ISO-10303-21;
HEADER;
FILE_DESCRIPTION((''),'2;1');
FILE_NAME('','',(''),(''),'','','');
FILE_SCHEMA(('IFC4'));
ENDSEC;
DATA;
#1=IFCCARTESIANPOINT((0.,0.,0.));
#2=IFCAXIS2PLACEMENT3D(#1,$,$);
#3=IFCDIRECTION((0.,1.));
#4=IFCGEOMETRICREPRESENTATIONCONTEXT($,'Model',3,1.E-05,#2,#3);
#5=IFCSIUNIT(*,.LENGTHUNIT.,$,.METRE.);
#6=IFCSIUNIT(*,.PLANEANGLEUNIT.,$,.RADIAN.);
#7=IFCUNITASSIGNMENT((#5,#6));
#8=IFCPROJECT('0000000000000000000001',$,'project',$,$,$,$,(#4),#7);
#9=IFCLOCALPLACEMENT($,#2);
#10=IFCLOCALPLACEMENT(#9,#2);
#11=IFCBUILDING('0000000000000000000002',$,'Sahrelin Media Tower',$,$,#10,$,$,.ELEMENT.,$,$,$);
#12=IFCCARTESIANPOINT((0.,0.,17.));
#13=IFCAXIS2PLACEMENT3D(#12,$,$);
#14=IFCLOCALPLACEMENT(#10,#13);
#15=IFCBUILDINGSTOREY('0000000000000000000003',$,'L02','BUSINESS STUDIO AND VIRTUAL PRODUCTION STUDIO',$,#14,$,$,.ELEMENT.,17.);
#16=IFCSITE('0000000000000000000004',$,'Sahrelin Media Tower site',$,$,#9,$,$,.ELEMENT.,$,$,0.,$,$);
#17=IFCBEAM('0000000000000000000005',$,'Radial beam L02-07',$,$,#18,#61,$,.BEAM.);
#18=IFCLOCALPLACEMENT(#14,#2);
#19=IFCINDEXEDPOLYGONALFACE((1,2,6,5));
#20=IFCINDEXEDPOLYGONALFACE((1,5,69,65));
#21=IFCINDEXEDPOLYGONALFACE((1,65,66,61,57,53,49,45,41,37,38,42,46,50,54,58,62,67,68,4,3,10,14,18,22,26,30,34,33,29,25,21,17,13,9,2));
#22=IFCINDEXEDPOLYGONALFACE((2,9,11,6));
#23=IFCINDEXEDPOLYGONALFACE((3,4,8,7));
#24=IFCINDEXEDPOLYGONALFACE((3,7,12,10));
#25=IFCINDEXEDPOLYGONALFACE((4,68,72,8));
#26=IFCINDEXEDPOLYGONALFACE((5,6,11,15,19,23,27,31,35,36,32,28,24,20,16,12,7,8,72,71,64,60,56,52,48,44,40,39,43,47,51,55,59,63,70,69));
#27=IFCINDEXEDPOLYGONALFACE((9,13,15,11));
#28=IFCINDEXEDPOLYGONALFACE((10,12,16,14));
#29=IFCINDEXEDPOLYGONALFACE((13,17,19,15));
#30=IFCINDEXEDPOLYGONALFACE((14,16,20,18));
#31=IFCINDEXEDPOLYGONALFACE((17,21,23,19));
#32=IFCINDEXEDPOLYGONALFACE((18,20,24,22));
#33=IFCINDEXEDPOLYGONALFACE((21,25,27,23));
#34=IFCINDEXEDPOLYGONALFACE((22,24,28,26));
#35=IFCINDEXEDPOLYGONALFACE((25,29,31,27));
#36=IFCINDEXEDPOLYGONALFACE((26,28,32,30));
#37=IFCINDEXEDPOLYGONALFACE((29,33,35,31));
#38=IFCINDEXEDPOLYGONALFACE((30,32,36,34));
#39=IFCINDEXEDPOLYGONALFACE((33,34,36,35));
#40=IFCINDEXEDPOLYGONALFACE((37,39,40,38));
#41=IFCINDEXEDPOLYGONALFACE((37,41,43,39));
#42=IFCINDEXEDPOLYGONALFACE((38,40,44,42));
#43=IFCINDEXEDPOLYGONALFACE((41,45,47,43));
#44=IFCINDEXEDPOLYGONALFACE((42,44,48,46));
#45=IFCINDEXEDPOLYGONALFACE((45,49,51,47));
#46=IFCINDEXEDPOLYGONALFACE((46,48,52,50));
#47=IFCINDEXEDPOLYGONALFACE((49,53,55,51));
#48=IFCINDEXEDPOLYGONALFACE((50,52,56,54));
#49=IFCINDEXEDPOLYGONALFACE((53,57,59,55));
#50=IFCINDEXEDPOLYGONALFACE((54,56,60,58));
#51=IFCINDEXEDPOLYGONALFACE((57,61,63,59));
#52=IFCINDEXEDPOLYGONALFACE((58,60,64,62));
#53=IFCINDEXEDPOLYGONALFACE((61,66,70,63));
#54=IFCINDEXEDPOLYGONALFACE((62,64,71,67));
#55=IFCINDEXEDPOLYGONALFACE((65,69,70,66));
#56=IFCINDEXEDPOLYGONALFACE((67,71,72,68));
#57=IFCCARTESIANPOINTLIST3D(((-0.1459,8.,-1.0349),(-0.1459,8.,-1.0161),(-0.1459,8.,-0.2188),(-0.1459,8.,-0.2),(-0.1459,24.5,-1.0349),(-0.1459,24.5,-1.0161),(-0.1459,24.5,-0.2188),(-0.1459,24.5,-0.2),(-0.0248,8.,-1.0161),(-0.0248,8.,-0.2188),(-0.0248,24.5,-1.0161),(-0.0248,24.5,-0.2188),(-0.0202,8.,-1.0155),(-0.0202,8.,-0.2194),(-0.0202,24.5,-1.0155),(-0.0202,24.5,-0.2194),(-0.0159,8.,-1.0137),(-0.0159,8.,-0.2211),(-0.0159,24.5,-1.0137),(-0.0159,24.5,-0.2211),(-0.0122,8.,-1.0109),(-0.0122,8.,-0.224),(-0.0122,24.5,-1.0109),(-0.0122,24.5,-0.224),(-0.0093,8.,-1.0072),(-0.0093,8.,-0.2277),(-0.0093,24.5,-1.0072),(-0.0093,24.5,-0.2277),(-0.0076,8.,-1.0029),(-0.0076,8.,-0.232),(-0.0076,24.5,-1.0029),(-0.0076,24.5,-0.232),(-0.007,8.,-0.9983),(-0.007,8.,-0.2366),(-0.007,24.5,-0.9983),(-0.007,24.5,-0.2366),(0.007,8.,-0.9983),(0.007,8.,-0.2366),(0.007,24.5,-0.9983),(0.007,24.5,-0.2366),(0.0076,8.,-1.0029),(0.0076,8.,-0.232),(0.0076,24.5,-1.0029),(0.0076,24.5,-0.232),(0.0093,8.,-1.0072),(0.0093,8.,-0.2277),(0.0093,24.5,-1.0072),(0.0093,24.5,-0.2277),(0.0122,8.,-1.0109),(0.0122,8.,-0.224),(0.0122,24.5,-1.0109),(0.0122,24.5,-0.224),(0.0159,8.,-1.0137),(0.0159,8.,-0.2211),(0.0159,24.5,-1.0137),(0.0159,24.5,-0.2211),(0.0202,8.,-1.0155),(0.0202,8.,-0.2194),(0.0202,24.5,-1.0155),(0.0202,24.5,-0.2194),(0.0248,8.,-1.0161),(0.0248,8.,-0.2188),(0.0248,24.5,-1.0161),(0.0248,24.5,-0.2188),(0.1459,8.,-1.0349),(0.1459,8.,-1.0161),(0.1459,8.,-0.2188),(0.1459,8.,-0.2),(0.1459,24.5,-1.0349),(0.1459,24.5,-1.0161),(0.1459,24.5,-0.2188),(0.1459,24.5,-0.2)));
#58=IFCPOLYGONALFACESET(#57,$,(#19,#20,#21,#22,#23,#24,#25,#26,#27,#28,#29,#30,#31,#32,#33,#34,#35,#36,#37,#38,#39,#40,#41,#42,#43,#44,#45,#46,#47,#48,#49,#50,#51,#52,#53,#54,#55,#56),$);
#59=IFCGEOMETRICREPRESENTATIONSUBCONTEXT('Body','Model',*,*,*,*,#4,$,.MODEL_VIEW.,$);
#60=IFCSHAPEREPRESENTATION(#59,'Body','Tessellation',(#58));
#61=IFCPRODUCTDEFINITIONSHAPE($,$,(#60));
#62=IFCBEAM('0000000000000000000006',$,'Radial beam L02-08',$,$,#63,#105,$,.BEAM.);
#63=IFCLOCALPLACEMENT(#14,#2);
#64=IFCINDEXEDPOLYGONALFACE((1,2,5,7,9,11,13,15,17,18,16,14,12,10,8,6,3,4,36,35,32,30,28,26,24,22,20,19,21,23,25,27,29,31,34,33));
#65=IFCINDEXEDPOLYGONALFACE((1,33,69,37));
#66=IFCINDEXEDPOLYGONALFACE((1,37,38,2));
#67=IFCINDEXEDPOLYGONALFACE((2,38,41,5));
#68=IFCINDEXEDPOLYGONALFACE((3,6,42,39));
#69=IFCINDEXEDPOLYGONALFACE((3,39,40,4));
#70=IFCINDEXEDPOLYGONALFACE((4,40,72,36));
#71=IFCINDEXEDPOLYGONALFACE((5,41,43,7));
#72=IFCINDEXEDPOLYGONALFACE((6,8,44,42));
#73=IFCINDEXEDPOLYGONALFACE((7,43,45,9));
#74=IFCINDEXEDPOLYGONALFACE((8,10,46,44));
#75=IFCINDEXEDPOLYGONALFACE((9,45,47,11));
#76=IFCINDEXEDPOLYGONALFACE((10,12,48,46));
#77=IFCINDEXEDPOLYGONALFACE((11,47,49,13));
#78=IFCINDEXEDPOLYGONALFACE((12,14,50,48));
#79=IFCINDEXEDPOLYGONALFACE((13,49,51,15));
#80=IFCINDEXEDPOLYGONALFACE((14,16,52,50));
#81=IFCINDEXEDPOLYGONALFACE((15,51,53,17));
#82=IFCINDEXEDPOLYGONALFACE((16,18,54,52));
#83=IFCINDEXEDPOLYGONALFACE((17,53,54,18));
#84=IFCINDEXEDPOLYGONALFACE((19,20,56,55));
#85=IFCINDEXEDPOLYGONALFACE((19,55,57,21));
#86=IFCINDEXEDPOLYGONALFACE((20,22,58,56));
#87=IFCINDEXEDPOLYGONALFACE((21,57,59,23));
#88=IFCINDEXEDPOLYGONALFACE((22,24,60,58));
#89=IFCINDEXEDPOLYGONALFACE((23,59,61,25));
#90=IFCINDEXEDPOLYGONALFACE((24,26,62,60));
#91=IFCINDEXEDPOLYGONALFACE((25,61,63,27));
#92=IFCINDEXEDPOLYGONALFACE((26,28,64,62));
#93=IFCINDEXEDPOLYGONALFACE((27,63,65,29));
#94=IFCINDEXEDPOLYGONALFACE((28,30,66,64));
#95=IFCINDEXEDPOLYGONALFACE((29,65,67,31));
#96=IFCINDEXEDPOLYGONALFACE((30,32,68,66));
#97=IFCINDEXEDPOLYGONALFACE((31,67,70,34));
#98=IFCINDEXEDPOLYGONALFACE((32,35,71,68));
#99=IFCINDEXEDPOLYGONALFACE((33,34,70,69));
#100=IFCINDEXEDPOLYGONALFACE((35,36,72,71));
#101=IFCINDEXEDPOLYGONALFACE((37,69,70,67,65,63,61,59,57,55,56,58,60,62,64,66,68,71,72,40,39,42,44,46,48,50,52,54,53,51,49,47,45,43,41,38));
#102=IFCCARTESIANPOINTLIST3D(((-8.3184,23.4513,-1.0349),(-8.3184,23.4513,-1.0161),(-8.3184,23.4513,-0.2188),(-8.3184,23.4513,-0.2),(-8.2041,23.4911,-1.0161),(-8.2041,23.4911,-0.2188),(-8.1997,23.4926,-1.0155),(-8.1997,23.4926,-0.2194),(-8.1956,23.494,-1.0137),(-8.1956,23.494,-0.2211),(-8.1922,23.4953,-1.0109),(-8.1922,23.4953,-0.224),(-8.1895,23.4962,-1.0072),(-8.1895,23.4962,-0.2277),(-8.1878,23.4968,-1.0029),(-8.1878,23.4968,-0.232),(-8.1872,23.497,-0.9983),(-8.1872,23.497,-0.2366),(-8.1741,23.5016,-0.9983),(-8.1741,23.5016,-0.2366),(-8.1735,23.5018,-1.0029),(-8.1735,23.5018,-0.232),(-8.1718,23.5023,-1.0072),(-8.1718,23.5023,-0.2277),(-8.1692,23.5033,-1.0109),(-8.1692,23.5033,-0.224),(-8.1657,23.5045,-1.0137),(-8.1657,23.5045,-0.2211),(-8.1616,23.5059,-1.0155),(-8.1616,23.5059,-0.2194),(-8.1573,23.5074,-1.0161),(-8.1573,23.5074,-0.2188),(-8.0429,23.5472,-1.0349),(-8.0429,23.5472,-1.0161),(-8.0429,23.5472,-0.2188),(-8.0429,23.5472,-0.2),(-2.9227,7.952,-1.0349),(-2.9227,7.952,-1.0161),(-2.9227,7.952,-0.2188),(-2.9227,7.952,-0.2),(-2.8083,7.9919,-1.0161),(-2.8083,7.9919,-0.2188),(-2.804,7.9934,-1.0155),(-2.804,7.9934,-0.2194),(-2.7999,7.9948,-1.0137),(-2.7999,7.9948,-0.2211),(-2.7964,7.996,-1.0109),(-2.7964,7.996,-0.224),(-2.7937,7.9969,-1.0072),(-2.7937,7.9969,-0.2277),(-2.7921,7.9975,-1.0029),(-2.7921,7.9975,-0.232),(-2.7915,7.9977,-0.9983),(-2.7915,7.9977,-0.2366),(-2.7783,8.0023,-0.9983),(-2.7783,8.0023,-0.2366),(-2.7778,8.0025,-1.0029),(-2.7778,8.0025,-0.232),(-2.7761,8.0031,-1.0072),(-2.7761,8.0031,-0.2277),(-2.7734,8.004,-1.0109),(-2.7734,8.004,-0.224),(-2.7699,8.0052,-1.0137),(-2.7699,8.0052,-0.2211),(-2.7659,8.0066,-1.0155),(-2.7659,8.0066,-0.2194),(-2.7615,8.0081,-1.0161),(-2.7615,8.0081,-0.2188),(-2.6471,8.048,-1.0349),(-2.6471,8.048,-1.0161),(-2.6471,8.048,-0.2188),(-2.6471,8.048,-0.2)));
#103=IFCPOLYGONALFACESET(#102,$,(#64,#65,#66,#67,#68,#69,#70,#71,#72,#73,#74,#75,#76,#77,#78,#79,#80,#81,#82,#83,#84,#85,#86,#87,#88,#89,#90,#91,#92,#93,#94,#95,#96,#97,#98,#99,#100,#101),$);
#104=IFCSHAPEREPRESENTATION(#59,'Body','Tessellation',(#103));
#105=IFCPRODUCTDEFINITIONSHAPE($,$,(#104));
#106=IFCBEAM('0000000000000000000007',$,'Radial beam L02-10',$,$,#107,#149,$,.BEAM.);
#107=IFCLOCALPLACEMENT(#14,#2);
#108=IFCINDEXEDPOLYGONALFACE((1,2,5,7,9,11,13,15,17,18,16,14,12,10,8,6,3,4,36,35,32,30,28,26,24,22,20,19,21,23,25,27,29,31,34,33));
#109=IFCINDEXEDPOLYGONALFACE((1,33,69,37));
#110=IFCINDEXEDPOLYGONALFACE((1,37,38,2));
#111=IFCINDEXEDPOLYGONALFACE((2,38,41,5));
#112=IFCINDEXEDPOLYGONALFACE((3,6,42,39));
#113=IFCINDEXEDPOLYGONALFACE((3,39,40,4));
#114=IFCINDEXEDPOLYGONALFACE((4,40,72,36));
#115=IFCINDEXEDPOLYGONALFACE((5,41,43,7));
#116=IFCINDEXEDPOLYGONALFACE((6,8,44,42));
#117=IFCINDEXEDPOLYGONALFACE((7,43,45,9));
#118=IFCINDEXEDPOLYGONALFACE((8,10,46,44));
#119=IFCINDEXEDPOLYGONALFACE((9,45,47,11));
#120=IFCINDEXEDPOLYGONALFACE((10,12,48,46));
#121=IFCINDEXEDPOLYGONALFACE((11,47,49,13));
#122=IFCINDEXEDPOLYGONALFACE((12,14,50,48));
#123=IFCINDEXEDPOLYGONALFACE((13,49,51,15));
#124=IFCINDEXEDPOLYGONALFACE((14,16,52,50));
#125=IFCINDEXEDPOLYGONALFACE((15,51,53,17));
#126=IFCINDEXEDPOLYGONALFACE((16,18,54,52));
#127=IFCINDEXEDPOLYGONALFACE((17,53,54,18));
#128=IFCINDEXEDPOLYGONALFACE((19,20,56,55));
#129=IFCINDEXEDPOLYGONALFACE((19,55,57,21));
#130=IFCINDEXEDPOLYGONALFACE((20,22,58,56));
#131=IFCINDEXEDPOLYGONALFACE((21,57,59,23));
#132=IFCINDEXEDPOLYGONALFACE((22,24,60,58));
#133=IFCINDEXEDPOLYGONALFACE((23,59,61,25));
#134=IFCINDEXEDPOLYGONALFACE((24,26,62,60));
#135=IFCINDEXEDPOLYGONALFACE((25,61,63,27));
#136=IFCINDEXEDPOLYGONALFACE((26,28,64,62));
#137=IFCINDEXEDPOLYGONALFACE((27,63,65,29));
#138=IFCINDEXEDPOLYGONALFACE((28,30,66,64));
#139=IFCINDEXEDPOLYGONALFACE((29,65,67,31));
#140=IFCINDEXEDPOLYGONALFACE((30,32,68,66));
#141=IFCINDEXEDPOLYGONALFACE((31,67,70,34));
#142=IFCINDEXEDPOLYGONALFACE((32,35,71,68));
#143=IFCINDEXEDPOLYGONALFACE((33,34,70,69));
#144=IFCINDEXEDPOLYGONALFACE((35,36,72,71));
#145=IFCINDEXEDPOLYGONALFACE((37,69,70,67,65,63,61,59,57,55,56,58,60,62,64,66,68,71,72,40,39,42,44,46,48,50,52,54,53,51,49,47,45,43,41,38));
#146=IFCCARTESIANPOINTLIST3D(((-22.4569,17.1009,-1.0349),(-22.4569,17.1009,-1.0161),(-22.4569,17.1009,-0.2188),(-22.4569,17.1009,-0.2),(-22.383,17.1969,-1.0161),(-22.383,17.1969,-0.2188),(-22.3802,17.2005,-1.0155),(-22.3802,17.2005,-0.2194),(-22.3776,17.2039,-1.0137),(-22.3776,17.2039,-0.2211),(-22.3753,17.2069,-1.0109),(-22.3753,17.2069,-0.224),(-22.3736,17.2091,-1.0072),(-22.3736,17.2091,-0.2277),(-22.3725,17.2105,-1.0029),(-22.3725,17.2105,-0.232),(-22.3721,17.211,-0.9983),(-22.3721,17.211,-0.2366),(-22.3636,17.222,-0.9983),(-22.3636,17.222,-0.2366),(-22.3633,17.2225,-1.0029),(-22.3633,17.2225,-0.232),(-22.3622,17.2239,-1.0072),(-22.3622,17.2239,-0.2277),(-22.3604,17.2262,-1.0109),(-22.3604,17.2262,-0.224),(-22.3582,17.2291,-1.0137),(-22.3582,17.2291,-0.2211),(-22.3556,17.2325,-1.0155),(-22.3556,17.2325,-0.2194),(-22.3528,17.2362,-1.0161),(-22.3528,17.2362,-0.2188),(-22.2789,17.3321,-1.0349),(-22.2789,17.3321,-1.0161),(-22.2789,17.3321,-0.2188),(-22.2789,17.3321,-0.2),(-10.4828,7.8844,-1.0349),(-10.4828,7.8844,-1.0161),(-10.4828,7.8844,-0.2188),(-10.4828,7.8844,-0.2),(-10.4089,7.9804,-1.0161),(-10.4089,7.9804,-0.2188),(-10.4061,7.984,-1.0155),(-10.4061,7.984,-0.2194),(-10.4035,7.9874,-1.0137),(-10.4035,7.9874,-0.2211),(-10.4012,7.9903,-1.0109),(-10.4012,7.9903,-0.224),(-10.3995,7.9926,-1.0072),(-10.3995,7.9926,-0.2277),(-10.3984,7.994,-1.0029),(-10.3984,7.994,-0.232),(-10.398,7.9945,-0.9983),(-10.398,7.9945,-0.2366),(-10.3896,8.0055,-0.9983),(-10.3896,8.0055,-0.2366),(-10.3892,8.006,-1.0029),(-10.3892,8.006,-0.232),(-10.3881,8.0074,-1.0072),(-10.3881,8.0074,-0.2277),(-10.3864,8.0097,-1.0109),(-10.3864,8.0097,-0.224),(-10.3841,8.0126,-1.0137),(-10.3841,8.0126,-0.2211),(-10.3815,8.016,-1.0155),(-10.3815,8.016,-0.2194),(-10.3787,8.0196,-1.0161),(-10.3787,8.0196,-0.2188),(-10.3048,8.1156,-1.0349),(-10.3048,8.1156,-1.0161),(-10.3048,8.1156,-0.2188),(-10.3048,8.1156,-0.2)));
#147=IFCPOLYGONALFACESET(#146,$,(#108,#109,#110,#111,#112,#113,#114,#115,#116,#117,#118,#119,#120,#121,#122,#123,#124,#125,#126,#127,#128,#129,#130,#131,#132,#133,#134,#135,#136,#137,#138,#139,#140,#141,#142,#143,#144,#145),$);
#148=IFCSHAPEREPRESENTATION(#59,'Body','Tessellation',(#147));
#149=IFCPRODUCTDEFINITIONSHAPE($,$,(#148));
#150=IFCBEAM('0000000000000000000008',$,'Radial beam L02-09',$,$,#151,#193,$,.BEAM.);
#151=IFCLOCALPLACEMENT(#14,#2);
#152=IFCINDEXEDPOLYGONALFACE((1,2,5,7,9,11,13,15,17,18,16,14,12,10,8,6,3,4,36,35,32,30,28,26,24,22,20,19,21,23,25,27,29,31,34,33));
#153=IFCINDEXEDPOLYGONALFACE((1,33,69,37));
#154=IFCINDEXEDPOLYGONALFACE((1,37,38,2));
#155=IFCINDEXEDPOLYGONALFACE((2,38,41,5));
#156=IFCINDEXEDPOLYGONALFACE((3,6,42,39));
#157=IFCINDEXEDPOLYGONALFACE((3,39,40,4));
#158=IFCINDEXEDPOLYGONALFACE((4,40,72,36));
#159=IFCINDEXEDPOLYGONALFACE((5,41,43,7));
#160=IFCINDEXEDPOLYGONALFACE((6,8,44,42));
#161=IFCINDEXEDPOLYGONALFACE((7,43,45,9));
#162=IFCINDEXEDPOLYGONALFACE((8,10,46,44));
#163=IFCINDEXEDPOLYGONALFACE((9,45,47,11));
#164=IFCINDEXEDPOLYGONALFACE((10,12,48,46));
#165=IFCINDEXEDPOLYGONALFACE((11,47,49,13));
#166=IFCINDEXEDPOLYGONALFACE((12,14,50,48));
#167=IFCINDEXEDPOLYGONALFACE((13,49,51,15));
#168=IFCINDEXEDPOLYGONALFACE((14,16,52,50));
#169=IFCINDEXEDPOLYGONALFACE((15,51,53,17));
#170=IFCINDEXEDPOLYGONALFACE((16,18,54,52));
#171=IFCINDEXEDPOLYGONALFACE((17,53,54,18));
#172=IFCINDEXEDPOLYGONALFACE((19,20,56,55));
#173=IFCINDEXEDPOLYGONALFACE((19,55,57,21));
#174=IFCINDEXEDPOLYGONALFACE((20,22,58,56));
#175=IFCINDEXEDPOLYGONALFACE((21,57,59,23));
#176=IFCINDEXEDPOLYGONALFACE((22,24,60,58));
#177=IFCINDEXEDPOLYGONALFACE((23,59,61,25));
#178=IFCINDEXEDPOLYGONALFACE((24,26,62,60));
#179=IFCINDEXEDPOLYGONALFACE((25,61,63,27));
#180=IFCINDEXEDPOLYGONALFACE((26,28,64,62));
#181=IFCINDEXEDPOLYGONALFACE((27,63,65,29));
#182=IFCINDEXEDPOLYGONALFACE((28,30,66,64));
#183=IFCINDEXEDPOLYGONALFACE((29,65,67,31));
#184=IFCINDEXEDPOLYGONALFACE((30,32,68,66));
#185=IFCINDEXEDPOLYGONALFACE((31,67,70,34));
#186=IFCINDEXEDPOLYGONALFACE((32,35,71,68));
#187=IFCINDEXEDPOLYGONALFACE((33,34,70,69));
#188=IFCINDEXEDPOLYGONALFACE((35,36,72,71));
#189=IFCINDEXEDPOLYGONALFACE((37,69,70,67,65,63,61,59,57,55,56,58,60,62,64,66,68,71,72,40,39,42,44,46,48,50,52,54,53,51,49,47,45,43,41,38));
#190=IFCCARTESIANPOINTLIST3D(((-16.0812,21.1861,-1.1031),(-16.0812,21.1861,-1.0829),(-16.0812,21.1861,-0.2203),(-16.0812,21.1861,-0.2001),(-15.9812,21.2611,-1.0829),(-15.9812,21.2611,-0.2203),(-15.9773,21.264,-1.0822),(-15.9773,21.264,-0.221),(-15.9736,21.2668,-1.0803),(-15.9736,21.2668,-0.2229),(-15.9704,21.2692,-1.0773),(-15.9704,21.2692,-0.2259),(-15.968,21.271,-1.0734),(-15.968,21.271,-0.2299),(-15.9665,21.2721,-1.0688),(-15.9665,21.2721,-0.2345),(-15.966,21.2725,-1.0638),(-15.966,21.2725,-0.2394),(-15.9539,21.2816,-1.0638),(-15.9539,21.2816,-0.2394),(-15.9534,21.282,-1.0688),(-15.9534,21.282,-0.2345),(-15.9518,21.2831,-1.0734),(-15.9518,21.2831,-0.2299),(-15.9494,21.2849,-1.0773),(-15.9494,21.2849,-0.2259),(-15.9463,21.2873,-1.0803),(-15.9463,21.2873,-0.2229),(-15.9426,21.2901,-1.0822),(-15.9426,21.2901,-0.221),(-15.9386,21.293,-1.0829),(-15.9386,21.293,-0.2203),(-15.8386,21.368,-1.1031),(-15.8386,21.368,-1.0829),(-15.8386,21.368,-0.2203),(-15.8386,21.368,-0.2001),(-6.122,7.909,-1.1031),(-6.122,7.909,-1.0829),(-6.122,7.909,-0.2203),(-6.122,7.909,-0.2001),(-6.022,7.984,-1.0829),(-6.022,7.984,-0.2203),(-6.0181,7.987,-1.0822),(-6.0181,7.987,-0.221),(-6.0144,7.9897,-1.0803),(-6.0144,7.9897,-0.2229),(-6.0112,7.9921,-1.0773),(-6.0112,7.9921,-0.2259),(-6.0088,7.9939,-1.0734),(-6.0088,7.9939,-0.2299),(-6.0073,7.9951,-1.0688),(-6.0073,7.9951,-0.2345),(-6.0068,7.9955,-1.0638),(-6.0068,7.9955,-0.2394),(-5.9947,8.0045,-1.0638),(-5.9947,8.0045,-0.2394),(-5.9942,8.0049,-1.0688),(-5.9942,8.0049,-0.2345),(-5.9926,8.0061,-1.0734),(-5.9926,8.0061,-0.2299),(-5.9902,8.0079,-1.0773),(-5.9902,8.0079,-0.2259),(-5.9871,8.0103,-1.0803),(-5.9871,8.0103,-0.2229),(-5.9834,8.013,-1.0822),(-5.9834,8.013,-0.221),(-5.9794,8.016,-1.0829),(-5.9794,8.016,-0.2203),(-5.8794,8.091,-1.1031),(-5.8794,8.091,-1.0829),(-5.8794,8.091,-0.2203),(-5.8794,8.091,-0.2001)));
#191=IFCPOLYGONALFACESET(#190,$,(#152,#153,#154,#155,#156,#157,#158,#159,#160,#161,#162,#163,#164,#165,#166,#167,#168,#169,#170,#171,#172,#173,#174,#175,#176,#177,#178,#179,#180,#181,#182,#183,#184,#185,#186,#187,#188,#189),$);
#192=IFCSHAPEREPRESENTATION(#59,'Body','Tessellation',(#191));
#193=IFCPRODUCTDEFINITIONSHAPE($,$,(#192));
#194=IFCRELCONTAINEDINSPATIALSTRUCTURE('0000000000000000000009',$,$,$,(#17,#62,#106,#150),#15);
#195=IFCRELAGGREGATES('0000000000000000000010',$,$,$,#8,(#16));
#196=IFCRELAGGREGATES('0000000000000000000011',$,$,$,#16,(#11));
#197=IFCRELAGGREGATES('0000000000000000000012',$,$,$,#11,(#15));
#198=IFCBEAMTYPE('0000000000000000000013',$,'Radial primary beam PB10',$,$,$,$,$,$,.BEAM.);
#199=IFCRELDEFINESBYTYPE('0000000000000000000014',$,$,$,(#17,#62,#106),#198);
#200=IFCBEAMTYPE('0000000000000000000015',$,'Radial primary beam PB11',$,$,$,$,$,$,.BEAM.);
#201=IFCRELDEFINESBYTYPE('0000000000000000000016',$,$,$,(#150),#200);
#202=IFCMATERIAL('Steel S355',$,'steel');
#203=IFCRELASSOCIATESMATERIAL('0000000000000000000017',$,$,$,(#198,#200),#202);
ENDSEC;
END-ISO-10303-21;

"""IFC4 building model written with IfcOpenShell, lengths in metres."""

from ifc_helpers import new_model, si_unit, direction, frame, origin, origin_2d, place, context, subcontext, project, spatial, i_section, extrude, material, material_profile, profile_set, type_object, element, save


model = new_model("IFC4")

# Units and contexts
model_context = context("Model", 3, precision=1e-05, world=origin(), true_north=direction((0.0, 1.0)))
body_context = subcontext(model_context, "Body", "Model", "MODEL_VIEW")
ifc_project = project(units=[si_unit("LENGTHUNIT", "METRE"), si_unit("PLANEANGLEUNIT", "RADIAN")], contexts=[model_context])

# Site, building, storey
site_placement = place(None, origin())
site = spatial("IfcSite", under=ifc_project, at=site_placement, Name="Sahrelin Media Tower site", CompositionType="ELEMENT", RefElevation=0.0)
building_placement = place(site_placement, origin())
building = spatial("IfcBuilding", under=site, at=building_placement, Name="Sahrelin Media Tower", CompositionType="ELEMENT")
storey_placement = place(building_placement, frame((0.0, 0.0, 17.0)))
storey = spatial("IfcBuildingStorey", under=building, at=storey_placement, Name="L02", Description="BUSINESS STUDIO AND VIRTUAL PRODUCTION STUDIO", CompositionType="ELEMENT", Elevation=17.0)

# Beams
ifc_material_1 = material(Name="Steel S355", Category="steel")
ifc_material_profile_1 = material_profile(ifc_material_1, i_section(OverallWidth=0.2917, OverallDepth=0.835, WebThickness=0.0139, FlangeThickness=0.0188, FilletRadius=0.0178, at=origin_2d()), Name="UB 838x292x176")
ifc_profile_set_1 = profile_set([ifc_material_profile_1], Name="Steel S355")
beam_type_1 = type_object("IfcBeamType", Name="Radial primary beam PB10", PredefinedType="BEAM", material=ifc_profile_set_1)
beam_1_placement = place(storey_placement, frame((0.0, 8.0, -0.6174), z_axis=(0.0, 1.0, 0.0), x_axis=(-1.0, 0.0, 0.0)))
element("IfcBeam", 1, at=beam_1_placement, inside=storey, type_object=beam_type_1, Name="Radial beam L02-07", PredefinedType="BEAM", context=body_context, shape_type="SweptSolid", body=[
    extrude(i_section(OverallWidth=0.2917, OverallDepth=0.835, WebThickness=0.0139, FlangeThickness=0.0188, FilletRadius=0.0178, at=origin_2d()), origin(), (0.0, 0.0, 1.0), 16.5),
])
beam_2_placement = place(storey_placement, frame((-2.7849, 8.0, -0.6174), z_axis=(-0.328776, 0.944408, 0.0), x_axis=(-0.944408, -0.328776, 0.0)))
element("IfcBeam", 2, at=beam_2_placement, inside=storey, type_object=beam_type_1, Name="Radial beam L02-08", PredefinedType="BEAM", context=body_context, shape_type="SweptSolid", body=[
    extrude(i_section(OverallWidth=0.2917, OverallDepth=0.835, WebThickness=0.0139, FlangeThickness=0.0188, FilletRadius=0.0178, at=origin_2d()), origin(), (0.0, 0.0, 1.0), 16.4116),
])
beam_3_placement = place(storey_placement, frame((-10.3938, 8.0, -0.6174), z_axis=(-0.792442, 0.609947, 0.0), x_axis=(-0.609947, -0.792442, 0.0)))
element("IfcBeam", 3, at=beam_3_placement, inside=storey, type_object=beam_type_1, Name="Radial beam L02-10", PredefinedType="BEAM", context=body_context, shape_type="SweptSolid", body=[
    extrude(i_section(OverallWidth=0.2917, OverallDepth=0.835, WebThickness=0.0139, FlangeThickness=0.0188, FilletRadius=0.0178, at=origin_2d()), origin(), (0.0, 0.0, 1.0), 15.1104),
])
ifc_material_profile_2 = material_profile(ifc_material_1, i_section(OverallWidth=0.3032, OverallDepth=0.9031, WebThickness=0.0151, FlangeThickness=0.0203, FilletRadius=0.019, at=origin_2d()), Name="UB 914x305x201")
ifc_profile_set_2 = profile_set([ifc_material_profile_2], Name="Steel S355")
beam_type_2 = type_object("IfcBeamType", Name="Radial primary beam PB11", PredefinedType="BEAM", material=ifc_profile_set_2)
beam_4_placement = place(storey_placement, frame((-6.0007, 8.0, -0.6516), z_axis=(-0.600054, 0.799959, 0.0), x_axis=(-0.799959, -0.600054, 0.0)))
element("IfcBeam", 4, at=beam_4_placement, inside=storey, type_object=beam_type_2, Name="Radial beam L02-09", PredefinedType="BEAM", context=body_context, shape_type="SweptSolid", body=[
    extrude(i_section(OverallWidth=0.3032, OverallDepth=0.9031, WebThickness=0.0151, FlangeThickness=0.0203, FilletRadius=0.019, at=origin_2d()), origin(), (0.0, 0.0, 1.0), 16.5972),
])

save(model, "model.ifc")
